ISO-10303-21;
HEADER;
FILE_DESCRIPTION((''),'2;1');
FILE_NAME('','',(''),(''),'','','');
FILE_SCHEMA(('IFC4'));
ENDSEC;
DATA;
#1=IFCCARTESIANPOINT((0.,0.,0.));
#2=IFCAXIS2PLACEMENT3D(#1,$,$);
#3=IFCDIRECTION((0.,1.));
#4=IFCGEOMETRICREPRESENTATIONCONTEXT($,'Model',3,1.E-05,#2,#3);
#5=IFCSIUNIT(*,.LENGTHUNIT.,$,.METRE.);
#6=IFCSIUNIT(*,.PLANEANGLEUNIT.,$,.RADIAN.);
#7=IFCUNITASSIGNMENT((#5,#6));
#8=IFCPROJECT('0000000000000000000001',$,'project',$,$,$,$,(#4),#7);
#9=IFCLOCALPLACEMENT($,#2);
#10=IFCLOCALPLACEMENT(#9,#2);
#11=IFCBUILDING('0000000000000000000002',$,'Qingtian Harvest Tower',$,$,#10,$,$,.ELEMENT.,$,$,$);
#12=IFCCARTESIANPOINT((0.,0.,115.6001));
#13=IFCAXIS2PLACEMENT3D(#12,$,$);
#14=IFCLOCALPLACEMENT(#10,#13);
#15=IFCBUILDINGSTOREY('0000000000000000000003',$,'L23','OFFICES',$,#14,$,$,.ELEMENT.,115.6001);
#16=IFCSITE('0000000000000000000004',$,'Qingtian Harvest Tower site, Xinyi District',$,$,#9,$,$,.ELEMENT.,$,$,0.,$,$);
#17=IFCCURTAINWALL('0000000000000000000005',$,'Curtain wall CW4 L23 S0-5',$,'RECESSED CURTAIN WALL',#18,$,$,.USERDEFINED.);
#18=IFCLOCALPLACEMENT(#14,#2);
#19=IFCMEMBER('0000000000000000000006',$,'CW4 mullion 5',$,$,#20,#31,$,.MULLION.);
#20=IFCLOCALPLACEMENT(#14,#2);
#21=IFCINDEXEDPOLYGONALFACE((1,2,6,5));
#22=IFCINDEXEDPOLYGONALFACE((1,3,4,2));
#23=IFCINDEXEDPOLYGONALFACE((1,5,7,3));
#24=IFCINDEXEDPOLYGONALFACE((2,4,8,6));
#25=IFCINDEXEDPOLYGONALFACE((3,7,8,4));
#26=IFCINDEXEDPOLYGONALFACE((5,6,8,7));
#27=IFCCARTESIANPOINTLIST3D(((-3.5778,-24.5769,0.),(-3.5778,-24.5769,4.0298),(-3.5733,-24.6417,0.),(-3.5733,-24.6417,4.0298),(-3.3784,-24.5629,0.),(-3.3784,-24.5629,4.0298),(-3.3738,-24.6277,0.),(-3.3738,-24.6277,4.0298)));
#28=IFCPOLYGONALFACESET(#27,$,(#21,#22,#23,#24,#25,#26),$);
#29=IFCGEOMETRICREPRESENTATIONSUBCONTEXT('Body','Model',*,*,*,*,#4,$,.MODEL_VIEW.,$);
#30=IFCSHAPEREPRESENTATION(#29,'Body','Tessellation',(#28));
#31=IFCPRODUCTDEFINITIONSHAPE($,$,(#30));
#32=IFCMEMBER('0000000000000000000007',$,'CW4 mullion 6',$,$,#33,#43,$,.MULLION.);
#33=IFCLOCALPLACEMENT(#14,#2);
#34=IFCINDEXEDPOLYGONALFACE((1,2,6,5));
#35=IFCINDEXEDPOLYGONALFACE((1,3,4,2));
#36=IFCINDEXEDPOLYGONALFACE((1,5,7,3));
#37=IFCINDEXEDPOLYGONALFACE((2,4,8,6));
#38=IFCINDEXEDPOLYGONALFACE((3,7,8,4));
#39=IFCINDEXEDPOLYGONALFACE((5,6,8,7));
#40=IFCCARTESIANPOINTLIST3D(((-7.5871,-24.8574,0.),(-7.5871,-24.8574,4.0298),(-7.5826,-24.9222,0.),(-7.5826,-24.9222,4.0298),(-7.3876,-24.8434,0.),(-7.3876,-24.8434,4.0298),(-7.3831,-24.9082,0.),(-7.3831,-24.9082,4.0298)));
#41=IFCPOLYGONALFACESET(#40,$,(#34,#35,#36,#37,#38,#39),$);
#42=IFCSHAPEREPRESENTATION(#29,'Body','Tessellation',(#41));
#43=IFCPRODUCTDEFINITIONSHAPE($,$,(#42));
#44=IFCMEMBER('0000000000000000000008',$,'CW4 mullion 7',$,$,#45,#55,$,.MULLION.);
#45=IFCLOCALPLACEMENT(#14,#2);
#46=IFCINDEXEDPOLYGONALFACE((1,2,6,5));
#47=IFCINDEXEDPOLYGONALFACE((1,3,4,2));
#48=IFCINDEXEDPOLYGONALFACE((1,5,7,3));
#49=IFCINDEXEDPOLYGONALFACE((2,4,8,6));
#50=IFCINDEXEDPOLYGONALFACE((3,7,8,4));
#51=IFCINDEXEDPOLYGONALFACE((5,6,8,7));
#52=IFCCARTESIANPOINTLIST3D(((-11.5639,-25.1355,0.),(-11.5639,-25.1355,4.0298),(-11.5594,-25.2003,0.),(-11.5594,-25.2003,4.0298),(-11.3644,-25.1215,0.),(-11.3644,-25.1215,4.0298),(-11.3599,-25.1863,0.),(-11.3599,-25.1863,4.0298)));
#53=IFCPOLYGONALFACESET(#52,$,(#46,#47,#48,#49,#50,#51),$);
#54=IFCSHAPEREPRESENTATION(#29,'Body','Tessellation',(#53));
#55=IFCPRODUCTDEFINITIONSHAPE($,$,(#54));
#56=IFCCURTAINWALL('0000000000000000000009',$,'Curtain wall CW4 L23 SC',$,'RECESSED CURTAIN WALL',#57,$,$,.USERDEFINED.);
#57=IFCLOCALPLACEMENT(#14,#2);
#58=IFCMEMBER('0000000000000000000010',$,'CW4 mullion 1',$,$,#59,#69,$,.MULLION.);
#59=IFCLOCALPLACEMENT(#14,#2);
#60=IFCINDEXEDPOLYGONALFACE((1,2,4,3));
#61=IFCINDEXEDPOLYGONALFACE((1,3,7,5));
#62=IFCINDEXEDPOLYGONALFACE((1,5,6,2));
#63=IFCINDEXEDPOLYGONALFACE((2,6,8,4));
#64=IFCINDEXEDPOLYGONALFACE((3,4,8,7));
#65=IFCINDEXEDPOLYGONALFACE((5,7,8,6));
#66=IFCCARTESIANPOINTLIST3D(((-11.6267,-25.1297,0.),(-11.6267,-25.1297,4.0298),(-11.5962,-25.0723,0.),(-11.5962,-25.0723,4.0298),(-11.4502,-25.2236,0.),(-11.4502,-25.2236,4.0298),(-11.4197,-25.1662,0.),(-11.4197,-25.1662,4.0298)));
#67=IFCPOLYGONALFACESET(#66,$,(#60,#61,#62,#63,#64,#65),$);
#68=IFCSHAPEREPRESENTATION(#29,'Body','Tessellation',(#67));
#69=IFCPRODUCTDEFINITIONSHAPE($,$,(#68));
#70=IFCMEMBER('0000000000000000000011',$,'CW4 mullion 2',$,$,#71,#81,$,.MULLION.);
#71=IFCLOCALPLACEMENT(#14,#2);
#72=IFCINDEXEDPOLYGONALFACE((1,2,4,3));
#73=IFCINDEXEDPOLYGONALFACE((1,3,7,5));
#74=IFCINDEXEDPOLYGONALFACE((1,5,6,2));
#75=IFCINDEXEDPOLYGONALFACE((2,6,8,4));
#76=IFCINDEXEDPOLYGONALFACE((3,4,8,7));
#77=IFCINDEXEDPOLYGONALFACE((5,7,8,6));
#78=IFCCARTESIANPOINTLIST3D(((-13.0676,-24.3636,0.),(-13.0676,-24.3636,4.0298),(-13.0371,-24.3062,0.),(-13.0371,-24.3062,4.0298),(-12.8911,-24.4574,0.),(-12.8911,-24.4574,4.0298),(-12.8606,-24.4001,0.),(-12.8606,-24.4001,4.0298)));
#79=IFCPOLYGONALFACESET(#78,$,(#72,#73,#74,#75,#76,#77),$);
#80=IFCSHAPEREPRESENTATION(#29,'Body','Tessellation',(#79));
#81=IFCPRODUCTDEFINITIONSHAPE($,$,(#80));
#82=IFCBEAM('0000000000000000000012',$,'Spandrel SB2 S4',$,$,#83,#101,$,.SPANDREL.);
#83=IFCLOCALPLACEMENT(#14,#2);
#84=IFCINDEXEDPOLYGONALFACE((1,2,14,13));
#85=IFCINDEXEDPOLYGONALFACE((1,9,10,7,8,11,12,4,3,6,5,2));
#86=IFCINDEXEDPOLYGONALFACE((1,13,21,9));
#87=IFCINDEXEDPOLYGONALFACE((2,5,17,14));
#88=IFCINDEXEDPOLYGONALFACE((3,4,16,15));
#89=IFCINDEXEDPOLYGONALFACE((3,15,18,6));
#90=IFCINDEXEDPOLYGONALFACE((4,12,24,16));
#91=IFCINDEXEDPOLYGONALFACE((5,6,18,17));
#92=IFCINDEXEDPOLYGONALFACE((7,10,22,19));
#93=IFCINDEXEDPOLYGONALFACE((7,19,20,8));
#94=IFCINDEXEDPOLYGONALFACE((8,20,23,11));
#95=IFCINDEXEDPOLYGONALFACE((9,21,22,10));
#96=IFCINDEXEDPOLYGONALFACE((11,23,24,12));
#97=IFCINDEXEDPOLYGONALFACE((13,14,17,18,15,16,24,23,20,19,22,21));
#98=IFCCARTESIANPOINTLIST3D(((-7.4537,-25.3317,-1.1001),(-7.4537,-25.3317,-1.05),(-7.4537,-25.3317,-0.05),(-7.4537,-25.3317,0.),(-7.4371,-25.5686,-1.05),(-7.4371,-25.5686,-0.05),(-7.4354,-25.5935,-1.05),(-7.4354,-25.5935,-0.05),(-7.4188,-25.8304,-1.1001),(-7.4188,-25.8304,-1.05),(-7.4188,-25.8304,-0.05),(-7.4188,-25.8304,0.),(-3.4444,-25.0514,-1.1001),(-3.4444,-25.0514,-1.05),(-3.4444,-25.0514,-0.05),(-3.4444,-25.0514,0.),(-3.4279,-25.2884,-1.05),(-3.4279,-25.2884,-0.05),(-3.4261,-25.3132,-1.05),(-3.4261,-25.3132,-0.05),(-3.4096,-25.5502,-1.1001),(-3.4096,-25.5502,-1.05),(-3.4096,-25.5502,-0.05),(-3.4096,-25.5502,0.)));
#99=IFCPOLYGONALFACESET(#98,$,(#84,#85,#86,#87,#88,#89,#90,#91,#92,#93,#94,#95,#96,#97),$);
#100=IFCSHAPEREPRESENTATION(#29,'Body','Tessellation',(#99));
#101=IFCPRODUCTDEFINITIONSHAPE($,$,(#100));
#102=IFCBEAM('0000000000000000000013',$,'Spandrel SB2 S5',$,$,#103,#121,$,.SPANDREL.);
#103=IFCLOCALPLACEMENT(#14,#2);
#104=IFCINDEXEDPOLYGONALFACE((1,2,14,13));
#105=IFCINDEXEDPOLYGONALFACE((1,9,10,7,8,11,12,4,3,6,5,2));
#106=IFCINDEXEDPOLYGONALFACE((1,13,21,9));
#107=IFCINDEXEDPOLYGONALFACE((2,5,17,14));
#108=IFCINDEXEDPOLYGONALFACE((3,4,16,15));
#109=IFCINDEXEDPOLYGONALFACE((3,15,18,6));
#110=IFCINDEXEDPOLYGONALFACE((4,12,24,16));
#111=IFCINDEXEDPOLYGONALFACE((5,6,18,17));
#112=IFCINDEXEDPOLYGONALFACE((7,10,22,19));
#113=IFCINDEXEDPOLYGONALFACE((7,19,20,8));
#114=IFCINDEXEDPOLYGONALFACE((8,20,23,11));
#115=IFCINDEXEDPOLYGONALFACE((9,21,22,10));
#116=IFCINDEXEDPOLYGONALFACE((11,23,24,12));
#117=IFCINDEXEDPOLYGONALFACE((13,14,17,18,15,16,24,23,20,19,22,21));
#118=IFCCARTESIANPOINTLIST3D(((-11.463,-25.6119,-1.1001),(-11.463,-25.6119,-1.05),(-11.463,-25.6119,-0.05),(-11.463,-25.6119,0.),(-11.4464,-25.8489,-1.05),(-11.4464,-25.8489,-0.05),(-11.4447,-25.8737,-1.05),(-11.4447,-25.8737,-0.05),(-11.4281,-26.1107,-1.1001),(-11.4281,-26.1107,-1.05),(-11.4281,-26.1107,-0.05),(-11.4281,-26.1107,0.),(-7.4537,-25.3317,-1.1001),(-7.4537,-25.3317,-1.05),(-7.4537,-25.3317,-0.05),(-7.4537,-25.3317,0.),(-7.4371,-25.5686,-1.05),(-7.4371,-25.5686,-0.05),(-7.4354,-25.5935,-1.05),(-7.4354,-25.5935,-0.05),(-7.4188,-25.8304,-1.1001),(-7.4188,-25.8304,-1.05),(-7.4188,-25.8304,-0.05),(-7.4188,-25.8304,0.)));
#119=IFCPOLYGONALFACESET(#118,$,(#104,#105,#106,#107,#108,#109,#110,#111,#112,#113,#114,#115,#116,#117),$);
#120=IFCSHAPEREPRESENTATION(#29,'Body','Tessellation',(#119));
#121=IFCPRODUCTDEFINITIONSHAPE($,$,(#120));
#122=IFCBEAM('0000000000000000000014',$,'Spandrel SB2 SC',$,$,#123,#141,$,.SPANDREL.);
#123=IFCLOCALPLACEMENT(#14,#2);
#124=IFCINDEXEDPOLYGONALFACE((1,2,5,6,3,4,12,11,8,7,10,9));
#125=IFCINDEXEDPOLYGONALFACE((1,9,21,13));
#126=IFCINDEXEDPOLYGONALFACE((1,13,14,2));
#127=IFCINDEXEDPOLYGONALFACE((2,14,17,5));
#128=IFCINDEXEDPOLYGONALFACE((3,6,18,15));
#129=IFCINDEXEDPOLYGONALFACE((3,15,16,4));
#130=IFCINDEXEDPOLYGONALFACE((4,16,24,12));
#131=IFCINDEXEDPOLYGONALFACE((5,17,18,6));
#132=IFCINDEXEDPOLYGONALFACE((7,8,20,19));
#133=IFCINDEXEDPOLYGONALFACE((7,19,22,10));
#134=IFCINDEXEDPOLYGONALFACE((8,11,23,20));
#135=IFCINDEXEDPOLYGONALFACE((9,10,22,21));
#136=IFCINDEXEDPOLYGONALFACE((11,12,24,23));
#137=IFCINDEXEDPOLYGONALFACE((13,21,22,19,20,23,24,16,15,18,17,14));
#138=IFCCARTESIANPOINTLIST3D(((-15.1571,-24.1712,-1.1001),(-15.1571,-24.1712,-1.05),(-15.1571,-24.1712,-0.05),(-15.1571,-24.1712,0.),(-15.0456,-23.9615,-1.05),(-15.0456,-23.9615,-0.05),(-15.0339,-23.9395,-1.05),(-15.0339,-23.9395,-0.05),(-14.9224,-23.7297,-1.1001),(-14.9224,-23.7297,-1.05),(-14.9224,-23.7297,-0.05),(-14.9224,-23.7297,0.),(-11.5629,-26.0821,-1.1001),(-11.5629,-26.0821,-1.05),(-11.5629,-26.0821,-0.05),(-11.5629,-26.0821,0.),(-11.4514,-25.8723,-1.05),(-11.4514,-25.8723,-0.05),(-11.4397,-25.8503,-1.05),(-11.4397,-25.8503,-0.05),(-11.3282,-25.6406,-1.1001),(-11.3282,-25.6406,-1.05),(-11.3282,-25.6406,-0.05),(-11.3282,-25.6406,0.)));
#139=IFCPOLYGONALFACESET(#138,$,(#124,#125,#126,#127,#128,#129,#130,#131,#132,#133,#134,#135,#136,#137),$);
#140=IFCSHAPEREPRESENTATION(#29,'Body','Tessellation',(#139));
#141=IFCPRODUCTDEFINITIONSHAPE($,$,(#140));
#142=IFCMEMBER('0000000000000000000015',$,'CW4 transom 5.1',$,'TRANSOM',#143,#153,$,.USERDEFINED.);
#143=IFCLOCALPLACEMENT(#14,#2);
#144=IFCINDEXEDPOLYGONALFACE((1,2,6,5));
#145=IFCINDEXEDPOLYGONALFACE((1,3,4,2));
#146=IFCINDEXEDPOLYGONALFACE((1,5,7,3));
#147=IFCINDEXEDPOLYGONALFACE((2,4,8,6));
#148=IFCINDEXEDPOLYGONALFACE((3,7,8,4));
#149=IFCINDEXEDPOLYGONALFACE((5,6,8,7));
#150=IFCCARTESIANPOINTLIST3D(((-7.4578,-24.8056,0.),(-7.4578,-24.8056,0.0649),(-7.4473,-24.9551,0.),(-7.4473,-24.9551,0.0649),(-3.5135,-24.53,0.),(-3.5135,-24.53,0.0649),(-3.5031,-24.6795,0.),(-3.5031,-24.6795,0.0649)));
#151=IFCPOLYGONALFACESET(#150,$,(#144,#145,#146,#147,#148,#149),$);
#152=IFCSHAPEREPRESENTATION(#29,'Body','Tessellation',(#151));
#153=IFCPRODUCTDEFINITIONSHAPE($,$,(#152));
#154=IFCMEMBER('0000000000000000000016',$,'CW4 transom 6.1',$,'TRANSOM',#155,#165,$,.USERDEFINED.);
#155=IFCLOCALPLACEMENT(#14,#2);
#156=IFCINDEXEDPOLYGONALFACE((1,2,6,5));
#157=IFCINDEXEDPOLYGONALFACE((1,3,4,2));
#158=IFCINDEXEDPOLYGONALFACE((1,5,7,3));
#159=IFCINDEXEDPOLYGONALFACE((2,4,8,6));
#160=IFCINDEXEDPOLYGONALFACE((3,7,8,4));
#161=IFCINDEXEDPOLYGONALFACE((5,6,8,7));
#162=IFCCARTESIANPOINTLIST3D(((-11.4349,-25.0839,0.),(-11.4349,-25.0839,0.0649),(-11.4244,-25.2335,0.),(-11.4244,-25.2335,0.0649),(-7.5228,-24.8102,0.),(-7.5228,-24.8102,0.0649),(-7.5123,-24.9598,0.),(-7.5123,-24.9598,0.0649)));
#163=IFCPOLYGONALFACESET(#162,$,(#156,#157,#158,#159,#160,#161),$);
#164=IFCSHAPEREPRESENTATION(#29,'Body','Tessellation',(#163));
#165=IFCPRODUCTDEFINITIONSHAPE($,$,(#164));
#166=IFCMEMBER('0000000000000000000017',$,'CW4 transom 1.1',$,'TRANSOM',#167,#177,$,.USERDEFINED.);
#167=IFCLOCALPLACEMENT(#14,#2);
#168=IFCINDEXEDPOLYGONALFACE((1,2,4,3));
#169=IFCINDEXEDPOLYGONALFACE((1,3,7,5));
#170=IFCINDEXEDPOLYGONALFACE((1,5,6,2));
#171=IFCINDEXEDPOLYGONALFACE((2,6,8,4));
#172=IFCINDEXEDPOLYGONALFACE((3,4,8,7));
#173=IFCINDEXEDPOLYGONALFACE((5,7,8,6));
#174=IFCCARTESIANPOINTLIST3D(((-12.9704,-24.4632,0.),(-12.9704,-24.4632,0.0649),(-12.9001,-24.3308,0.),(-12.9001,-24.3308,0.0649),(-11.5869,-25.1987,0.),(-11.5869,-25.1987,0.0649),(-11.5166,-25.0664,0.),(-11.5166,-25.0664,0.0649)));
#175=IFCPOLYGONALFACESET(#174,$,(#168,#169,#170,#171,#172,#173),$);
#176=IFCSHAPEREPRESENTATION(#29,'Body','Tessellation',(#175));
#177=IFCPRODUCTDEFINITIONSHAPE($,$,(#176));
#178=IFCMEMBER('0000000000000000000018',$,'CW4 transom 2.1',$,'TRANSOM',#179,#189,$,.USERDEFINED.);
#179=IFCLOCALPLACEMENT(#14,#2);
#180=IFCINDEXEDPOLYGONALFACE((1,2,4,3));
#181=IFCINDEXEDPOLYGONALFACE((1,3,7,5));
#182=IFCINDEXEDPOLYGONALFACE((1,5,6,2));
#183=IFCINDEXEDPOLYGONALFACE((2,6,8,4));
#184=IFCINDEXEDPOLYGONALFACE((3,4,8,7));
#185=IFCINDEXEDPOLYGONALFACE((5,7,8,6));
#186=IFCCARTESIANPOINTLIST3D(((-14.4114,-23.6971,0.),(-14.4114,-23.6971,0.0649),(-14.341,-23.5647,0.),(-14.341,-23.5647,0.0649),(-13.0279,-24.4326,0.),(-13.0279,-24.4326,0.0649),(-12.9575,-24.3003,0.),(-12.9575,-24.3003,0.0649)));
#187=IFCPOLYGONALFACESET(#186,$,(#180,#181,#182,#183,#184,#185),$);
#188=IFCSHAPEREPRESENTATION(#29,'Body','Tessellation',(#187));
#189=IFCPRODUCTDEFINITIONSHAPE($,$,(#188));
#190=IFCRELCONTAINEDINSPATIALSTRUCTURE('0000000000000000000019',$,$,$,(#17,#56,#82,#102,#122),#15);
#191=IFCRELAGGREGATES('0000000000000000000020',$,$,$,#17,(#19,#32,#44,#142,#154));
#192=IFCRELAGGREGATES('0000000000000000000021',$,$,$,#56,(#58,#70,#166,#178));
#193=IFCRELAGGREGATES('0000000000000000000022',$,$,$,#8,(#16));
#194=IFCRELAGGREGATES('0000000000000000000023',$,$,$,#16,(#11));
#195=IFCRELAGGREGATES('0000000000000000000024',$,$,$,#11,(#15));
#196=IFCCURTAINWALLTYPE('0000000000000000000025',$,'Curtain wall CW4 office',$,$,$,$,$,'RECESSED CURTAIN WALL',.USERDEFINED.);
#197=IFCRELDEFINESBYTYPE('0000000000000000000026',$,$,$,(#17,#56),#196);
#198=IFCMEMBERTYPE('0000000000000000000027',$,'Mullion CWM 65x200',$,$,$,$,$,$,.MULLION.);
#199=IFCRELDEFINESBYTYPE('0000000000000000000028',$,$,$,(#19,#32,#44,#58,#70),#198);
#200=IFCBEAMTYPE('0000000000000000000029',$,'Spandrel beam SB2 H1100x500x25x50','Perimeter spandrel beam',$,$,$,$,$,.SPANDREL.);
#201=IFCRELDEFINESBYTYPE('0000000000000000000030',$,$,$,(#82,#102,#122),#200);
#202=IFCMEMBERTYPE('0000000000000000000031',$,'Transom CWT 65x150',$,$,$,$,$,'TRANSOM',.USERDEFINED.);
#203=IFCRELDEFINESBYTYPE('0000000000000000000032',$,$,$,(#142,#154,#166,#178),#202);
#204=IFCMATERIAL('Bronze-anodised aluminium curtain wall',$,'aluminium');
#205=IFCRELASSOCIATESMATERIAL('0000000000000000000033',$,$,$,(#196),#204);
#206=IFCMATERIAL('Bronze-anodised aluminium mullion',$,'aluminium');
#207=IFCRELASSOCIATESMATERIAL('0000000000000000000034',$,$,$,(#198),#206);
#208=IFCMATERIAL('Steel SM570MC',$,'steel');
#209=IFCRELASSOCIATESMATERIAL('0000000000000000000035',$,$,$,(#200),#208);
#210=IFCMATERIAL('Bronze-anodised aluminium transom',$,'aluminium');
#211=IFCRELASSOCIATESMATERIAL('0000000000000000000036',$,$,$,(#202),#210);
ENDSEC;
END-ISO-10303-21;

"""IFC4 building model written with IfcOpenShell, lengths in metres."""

from ifc_helpers import new_model, si_unit, direction, frame, origin, origin_2d, place, context, subcontext, project, spatial, rectangle, i_section, extrude, material, material_profile, profile_set, type_object, element, aggregate, save


model = new_model("IFC4")

# Units and contexts
model_context = context("Model", 3, precision=1e-05, world=origin(), true_north=direction((0.0, 1.0)))
body_context = subcontext(model_context, "Body", "Model", "MODEL_VIEW")
ifc_project = project(units=[si_unit("LENGTHUNIT", "METRE"), si_unit("PLANEANGLEUNIT", "RADIAN")], contexts=[model_context])

# Site, building, storey
site_placement = place(None, origin())
site = spatial("IfcSite", under=ifc_project, at=site_placement, Name="Qingtian Harvest Tower site, Xinyi District", CompositionType="ELEMENT", RefElevation=0.0)
building_placement = place(site_placement, origin())
building = spatial("IfcBuilding", under=site, at=building_placement, Name="Qingtian Harvest Tower", CompositionType="ELEMENT")
storey_placement = place(building_placement, frame((0.0, 0.0, 115.6001)))
storey = spatial("IfcBuildingStorey", under=building, at=storey_placement, Name="L23", Description="OFFICES", CompositionType="ELEMENT", Elevation=115.6001)

# Curtain walls, members
ifc_material_1 = material(Name="Bronze-anodised aluminium curtain wall", Category="aluminium")
curtain_wall_type = type_object("IfcCurtainWallType", Name="Curtain wall CW4 office", ElementType="RECESSED CURTAIN WALL", PredefinedType="USERDEFINED", material=ifc_material_1)
curtain_wall_1_placement = place(storey_placement, origin())
curtain_wall_1 = element("IfcCurtainWall", 1, at=curtain_wall_1_placement, inside=storey, type_object=curtain_wall_type, Name="Curtain wall CW4 L23 S0-5", ObjectType="RECESSED CURTAIN WALL", PredefinedType="USERDEFINED")
ifc_material_2 = material(Name="Bronze-anodised aluminium mullion", Category="aluminium")
ifc_material_profile_1 = material_profile(ifc_material_2, rectangle(XDim=0.0649, YDim=0.2, at=origin_2d()), Name="AL 65x200")
ifc_profile_set_1 = profile_set([ifc_material_profile_1], Name="Bronze-anodised aluminium mullion")
member_type_1 = type_object("IfcMemberType", Name="Mullion CWM 65x200", PredefinedType="MULLION", material=ifc_profile_set_1)
member_1_placement = place(storey_placement, frame((-3.4758, -24.6023, 0.0), z_axis=(0.0, 0.0, 1.0), x_axis=(0.069756, -0.997564, 0.0)))
member_1 = element("IfcMember", 2, at=member_1_placement, type_object=member_type_1, Name="CW4 mullion 5", PredefinedType="MULLION", context=body_context, shape_type="SweptSolid", body=[
    extrude(rectangle(XDim=0.0649, YDim=0.2, at=origin_2d()), origin(), (0.0, 0.0, 1.0), 4.0298),
])
member_2_placement = place(storey_placement, frame((-7.4851, -24.8828, 0.0), z_axis=(0.0, 0.0, 1.0), x_axis=(0.069756, -0.997564, 0.0)))
member_2 = element("IfcMember", 3, at=member_2_placement, type_object=member_type_1, Name="CW4 mullion 6", PredefinedType="MULLION", context=body_context, shape_type="SweptSolid", body=[
    extrude(rectangle(XDim=0.0649, YDim=0.2, at=origin_2d()), origin(), (0.0, 0.0, 1.0), 4.0298),
])
member_3_placement = place(storey_placement, frame((-11.4619, -25.1609, 0.0), z_axis=(0.0, 0.0, 1.0), x_axis=(0.069756, -0.997564, 0.0)))
member_3 = element("IfcMember", 4, at=member_3_placement, type_object=member_type_1, Name="CW4 mullion 7", PredefinedType="MULLION", context=body_context, shape_type="SweptSolid", body=[
    extrude(rectangle(XDim=0.0649, YDim=0.2, at=origin_2d()), origin(), (0.0, 0.0, 1.0), 4.0298),
])
curtain_wall_2_placement = place(storey_placement, origin())
curtain_wall_2 = element("IfcCurtainWall", 5, at=curtain_wall_2_placement, inside=storey, type_object=curtain_wall_type, Name="Curtain wall CW4 L23 SC", ObjectType="RECESSED CURTAIN WALL", PredefinedType="USERDEFINED")
member_4_placement = place(storey_placement, frame((-11.5232, -25.1479, 0.0), z_axis=(0.0, 0.0, 1.0), x_axis=(-0.469472, -0.882948, 0.0)))
member_4 = element("IfcMember", 6, at=member_4_placement, type_object=member_type_1, Name="CW4 mullion 1", PredefinedType="MULLION", context=body_context, shape_type="SweptSolid", body=[
    extrude(rectangle(XDim=0.0649, YDim=0.2, at=origin_2d()), origin(), (0.0, 0.0, 1.0), 4.0298),
])
member_5_placement = place(storey_placement, frame((-12.9641, -24.3818, 0.0), z_axis=(0.0, 0.0, 1.0), x_axis=(-0.469472, -0.882948, 0.0)))
member_5 = element("IfcMember", 7, at=member_5_placement, type_object=member_type_1, Name="CW4 mullion 2", PredefinedType="MULLION", context=body_context, shape_type="SweptSolid", body=[
    extrude(rectangle(XDim=0.0649, YDim=0.2, at=origin_2d()), origin(), (0.0, 0.0, 1.0), 4.0298),
])

# Beams
ifc_material_3 = material(Name="Steel SM570MC", Category="steel")
ifc_material_profile_2 = material_profile(ifc_material_3, i_section(OverallWidth=0.5, OverallDepth=1.1001, WebThickness=0.0249, FlangeThickness=0.05, at=origin_2d()), Name="H1100x500x25x50")
ifc_profile_set_2 = profile_set([ifc_material_profile_2], Name="Steel SM570MC")
beam_type_1 = type_object("IfcBeamType", Name="Spandrel beam SB2 H1100x500x25x50", Description="Perimeter spandrel beam", PredefinedType="SPANDREL", material=ifc_profile_set_2)
for number, where, z_axis, x_axis, name in (
    (8, (-3.427, -25.3008, -0.55), (-0.997565, -0.069736, 0.0), (0.069736, -0.997565, 0.0), "Spandrel SB2 S4"),
    (9, (-7.4363, -25.5811, -0.55), (-0.997565, -0.069736, 0.0), (0.069736, -0.997565, 0.0), "Spandrel SB2 S5"),
):
    element("IfcBeam", number, at=place(storey_placement, frame(where, z_axis=z_axis, x_axis=x_axis)), inside=storey, type_object=beam_type_1, Name=name, PredefinedType="SPANDREL", context=body_context, shape_type="SweptSolid", body=[
        extrude(i_section(OverallWidth=0.5, OverallDepth=1.1001, WebThickness=0.0249, FlangeThickness=0.05, at=origin_2d()), origin(), (0.0, 0.0, 1.0), 4.019),
    ])
beam_1_placement = place(storey_placement, frame((-11.4456, -25.8613, -0.55), z_axis=(-0.882968, 0.469433, 0.0), x_axis=(-0.469433, -0.882968, 0.0)))
element("IfcBeam", 10, at=beam_1_placement, inside=storey, type_object=beam_type_1, Name="Spandrel SB2 SC", PredefinedType="SPANDREL", context=body_context, shape_type="SweptSolid", body=[
    extrude(i_section(OverallWidth=0.5, OverallDepth=1.1001, WebThickness=0.0249, FlangeThickness=0.05, at=origin_2d()), origin(), (0.0, 0.0, 1.0), 4.0706),
])

# Members
ifc_material_4 = material(Name="Bronze-anodised aluminium transom", Category="aluminium")
ifc_material_profile_3 = material_profile(ifc_material_4, rectangle(XDim=0.1499, YDim=0.0649, at=origin_2d()), Name="AL 65x150")
ifc_profile_set_3 = profile_set([ifc_material_profile_3], Name="Bronze-anodised aluminium transom")
member_type_2 = type_object("IfcMemberType", Name="Transom CWT 65x150", ElementType="TRANSOM", PredefinedType="USERDEFINED", material=ifc_profile_set_3)
member_6_placement = place(storey_placement, frame((-3.5083, -24.6047, 0.0325), z_axis=(-0.997567, -0.069711, 0.0), x_axis=(0.069711, -0.997567, 0.0)))
member_6 = element("IfcMember", 11, at=member_6_placement, type_object=member_type_2, Name="CW4 transom 5.1", ObjectType="TRANSOM", PredefinedType="USERDEFINED", context=body_context, shape_type="SweptSolid", body=[
    extrude(rectangle(XDim=0.1499, YDim=0.0649, at=origin_2d()), origin(), (0.0, 0.0, 1.0), 3.9539),
])
member_7_placement = place(storey_placement, frame((-7.5176, -24.885, 0.0325), z_axis=(-0.997562, -0.069787, 0.0), x_axis=(0.069787, -0.997562, 0.0)))
member_7 = element("IfcMember", 12, at=member_7_placement, type_object=member_type_2, Name="CW4 transom 6.1", ObjectType="TRANSOM", PredefinedType="USERDEFINED", context=body_context, shape_type="SweptSolid", body=[
    extrude(rectangle(XDim=0.1499, YDim=0.0649, at=origin_2d()), origin(), (0.0, 0.0, 1.0), 3.9216),
])
member_8_placement = place(storey_placement, frame((-11.5518, -25.1326, 0.0325), z_axis=(-0.88296, 0.469448, 0.0), x_axis=(-0.469448, -0.88296, 0.0)))
member_8 = element("IfcMember", 13, at=member_8_placement, type_object=member_type_2, Name="CW4 transom 1.1", ObjectType="TRANSOM", PredefinedType="USERDEFINED", context=body_context, shape_type="SweptSolid", body=[
    extrude(rectangle(XDim=0.1499, YDim=0.0649, at=origin_2d()), origin(), (0.0, 0.0, 1.0), 1.5669),
])
member_9_placement = place(storey_placement, frame((-12.9927, -24.3665, 0.0325), z_axis=(-0.88296, 0.469448, 0.0), x_axis=(-0.469448, -0.88296, 0.0)))
member_9 = element("IfcMember", 14, at=member_9_placement, type_object=member_type_2, Name="CW4 transom 2.1", ObjectType="TRANSOM", PredefinedType="USERDEFINED", context=body_context, shape_type="SweptSolid", body=[
    extrude(rectangle(XDim=0.1499, YDim=0.0649, at=origin_2d()), origin(), (0.0, 0.0, 1.0), 1.5669),
])

aggregate(curtain_wall_1, [member_1, member_2, member_3, member_6, member_7])
aggregate(curtain_wall_2, [member_4, member_5, member_8, member_9])

save(model, "model.ifc")
